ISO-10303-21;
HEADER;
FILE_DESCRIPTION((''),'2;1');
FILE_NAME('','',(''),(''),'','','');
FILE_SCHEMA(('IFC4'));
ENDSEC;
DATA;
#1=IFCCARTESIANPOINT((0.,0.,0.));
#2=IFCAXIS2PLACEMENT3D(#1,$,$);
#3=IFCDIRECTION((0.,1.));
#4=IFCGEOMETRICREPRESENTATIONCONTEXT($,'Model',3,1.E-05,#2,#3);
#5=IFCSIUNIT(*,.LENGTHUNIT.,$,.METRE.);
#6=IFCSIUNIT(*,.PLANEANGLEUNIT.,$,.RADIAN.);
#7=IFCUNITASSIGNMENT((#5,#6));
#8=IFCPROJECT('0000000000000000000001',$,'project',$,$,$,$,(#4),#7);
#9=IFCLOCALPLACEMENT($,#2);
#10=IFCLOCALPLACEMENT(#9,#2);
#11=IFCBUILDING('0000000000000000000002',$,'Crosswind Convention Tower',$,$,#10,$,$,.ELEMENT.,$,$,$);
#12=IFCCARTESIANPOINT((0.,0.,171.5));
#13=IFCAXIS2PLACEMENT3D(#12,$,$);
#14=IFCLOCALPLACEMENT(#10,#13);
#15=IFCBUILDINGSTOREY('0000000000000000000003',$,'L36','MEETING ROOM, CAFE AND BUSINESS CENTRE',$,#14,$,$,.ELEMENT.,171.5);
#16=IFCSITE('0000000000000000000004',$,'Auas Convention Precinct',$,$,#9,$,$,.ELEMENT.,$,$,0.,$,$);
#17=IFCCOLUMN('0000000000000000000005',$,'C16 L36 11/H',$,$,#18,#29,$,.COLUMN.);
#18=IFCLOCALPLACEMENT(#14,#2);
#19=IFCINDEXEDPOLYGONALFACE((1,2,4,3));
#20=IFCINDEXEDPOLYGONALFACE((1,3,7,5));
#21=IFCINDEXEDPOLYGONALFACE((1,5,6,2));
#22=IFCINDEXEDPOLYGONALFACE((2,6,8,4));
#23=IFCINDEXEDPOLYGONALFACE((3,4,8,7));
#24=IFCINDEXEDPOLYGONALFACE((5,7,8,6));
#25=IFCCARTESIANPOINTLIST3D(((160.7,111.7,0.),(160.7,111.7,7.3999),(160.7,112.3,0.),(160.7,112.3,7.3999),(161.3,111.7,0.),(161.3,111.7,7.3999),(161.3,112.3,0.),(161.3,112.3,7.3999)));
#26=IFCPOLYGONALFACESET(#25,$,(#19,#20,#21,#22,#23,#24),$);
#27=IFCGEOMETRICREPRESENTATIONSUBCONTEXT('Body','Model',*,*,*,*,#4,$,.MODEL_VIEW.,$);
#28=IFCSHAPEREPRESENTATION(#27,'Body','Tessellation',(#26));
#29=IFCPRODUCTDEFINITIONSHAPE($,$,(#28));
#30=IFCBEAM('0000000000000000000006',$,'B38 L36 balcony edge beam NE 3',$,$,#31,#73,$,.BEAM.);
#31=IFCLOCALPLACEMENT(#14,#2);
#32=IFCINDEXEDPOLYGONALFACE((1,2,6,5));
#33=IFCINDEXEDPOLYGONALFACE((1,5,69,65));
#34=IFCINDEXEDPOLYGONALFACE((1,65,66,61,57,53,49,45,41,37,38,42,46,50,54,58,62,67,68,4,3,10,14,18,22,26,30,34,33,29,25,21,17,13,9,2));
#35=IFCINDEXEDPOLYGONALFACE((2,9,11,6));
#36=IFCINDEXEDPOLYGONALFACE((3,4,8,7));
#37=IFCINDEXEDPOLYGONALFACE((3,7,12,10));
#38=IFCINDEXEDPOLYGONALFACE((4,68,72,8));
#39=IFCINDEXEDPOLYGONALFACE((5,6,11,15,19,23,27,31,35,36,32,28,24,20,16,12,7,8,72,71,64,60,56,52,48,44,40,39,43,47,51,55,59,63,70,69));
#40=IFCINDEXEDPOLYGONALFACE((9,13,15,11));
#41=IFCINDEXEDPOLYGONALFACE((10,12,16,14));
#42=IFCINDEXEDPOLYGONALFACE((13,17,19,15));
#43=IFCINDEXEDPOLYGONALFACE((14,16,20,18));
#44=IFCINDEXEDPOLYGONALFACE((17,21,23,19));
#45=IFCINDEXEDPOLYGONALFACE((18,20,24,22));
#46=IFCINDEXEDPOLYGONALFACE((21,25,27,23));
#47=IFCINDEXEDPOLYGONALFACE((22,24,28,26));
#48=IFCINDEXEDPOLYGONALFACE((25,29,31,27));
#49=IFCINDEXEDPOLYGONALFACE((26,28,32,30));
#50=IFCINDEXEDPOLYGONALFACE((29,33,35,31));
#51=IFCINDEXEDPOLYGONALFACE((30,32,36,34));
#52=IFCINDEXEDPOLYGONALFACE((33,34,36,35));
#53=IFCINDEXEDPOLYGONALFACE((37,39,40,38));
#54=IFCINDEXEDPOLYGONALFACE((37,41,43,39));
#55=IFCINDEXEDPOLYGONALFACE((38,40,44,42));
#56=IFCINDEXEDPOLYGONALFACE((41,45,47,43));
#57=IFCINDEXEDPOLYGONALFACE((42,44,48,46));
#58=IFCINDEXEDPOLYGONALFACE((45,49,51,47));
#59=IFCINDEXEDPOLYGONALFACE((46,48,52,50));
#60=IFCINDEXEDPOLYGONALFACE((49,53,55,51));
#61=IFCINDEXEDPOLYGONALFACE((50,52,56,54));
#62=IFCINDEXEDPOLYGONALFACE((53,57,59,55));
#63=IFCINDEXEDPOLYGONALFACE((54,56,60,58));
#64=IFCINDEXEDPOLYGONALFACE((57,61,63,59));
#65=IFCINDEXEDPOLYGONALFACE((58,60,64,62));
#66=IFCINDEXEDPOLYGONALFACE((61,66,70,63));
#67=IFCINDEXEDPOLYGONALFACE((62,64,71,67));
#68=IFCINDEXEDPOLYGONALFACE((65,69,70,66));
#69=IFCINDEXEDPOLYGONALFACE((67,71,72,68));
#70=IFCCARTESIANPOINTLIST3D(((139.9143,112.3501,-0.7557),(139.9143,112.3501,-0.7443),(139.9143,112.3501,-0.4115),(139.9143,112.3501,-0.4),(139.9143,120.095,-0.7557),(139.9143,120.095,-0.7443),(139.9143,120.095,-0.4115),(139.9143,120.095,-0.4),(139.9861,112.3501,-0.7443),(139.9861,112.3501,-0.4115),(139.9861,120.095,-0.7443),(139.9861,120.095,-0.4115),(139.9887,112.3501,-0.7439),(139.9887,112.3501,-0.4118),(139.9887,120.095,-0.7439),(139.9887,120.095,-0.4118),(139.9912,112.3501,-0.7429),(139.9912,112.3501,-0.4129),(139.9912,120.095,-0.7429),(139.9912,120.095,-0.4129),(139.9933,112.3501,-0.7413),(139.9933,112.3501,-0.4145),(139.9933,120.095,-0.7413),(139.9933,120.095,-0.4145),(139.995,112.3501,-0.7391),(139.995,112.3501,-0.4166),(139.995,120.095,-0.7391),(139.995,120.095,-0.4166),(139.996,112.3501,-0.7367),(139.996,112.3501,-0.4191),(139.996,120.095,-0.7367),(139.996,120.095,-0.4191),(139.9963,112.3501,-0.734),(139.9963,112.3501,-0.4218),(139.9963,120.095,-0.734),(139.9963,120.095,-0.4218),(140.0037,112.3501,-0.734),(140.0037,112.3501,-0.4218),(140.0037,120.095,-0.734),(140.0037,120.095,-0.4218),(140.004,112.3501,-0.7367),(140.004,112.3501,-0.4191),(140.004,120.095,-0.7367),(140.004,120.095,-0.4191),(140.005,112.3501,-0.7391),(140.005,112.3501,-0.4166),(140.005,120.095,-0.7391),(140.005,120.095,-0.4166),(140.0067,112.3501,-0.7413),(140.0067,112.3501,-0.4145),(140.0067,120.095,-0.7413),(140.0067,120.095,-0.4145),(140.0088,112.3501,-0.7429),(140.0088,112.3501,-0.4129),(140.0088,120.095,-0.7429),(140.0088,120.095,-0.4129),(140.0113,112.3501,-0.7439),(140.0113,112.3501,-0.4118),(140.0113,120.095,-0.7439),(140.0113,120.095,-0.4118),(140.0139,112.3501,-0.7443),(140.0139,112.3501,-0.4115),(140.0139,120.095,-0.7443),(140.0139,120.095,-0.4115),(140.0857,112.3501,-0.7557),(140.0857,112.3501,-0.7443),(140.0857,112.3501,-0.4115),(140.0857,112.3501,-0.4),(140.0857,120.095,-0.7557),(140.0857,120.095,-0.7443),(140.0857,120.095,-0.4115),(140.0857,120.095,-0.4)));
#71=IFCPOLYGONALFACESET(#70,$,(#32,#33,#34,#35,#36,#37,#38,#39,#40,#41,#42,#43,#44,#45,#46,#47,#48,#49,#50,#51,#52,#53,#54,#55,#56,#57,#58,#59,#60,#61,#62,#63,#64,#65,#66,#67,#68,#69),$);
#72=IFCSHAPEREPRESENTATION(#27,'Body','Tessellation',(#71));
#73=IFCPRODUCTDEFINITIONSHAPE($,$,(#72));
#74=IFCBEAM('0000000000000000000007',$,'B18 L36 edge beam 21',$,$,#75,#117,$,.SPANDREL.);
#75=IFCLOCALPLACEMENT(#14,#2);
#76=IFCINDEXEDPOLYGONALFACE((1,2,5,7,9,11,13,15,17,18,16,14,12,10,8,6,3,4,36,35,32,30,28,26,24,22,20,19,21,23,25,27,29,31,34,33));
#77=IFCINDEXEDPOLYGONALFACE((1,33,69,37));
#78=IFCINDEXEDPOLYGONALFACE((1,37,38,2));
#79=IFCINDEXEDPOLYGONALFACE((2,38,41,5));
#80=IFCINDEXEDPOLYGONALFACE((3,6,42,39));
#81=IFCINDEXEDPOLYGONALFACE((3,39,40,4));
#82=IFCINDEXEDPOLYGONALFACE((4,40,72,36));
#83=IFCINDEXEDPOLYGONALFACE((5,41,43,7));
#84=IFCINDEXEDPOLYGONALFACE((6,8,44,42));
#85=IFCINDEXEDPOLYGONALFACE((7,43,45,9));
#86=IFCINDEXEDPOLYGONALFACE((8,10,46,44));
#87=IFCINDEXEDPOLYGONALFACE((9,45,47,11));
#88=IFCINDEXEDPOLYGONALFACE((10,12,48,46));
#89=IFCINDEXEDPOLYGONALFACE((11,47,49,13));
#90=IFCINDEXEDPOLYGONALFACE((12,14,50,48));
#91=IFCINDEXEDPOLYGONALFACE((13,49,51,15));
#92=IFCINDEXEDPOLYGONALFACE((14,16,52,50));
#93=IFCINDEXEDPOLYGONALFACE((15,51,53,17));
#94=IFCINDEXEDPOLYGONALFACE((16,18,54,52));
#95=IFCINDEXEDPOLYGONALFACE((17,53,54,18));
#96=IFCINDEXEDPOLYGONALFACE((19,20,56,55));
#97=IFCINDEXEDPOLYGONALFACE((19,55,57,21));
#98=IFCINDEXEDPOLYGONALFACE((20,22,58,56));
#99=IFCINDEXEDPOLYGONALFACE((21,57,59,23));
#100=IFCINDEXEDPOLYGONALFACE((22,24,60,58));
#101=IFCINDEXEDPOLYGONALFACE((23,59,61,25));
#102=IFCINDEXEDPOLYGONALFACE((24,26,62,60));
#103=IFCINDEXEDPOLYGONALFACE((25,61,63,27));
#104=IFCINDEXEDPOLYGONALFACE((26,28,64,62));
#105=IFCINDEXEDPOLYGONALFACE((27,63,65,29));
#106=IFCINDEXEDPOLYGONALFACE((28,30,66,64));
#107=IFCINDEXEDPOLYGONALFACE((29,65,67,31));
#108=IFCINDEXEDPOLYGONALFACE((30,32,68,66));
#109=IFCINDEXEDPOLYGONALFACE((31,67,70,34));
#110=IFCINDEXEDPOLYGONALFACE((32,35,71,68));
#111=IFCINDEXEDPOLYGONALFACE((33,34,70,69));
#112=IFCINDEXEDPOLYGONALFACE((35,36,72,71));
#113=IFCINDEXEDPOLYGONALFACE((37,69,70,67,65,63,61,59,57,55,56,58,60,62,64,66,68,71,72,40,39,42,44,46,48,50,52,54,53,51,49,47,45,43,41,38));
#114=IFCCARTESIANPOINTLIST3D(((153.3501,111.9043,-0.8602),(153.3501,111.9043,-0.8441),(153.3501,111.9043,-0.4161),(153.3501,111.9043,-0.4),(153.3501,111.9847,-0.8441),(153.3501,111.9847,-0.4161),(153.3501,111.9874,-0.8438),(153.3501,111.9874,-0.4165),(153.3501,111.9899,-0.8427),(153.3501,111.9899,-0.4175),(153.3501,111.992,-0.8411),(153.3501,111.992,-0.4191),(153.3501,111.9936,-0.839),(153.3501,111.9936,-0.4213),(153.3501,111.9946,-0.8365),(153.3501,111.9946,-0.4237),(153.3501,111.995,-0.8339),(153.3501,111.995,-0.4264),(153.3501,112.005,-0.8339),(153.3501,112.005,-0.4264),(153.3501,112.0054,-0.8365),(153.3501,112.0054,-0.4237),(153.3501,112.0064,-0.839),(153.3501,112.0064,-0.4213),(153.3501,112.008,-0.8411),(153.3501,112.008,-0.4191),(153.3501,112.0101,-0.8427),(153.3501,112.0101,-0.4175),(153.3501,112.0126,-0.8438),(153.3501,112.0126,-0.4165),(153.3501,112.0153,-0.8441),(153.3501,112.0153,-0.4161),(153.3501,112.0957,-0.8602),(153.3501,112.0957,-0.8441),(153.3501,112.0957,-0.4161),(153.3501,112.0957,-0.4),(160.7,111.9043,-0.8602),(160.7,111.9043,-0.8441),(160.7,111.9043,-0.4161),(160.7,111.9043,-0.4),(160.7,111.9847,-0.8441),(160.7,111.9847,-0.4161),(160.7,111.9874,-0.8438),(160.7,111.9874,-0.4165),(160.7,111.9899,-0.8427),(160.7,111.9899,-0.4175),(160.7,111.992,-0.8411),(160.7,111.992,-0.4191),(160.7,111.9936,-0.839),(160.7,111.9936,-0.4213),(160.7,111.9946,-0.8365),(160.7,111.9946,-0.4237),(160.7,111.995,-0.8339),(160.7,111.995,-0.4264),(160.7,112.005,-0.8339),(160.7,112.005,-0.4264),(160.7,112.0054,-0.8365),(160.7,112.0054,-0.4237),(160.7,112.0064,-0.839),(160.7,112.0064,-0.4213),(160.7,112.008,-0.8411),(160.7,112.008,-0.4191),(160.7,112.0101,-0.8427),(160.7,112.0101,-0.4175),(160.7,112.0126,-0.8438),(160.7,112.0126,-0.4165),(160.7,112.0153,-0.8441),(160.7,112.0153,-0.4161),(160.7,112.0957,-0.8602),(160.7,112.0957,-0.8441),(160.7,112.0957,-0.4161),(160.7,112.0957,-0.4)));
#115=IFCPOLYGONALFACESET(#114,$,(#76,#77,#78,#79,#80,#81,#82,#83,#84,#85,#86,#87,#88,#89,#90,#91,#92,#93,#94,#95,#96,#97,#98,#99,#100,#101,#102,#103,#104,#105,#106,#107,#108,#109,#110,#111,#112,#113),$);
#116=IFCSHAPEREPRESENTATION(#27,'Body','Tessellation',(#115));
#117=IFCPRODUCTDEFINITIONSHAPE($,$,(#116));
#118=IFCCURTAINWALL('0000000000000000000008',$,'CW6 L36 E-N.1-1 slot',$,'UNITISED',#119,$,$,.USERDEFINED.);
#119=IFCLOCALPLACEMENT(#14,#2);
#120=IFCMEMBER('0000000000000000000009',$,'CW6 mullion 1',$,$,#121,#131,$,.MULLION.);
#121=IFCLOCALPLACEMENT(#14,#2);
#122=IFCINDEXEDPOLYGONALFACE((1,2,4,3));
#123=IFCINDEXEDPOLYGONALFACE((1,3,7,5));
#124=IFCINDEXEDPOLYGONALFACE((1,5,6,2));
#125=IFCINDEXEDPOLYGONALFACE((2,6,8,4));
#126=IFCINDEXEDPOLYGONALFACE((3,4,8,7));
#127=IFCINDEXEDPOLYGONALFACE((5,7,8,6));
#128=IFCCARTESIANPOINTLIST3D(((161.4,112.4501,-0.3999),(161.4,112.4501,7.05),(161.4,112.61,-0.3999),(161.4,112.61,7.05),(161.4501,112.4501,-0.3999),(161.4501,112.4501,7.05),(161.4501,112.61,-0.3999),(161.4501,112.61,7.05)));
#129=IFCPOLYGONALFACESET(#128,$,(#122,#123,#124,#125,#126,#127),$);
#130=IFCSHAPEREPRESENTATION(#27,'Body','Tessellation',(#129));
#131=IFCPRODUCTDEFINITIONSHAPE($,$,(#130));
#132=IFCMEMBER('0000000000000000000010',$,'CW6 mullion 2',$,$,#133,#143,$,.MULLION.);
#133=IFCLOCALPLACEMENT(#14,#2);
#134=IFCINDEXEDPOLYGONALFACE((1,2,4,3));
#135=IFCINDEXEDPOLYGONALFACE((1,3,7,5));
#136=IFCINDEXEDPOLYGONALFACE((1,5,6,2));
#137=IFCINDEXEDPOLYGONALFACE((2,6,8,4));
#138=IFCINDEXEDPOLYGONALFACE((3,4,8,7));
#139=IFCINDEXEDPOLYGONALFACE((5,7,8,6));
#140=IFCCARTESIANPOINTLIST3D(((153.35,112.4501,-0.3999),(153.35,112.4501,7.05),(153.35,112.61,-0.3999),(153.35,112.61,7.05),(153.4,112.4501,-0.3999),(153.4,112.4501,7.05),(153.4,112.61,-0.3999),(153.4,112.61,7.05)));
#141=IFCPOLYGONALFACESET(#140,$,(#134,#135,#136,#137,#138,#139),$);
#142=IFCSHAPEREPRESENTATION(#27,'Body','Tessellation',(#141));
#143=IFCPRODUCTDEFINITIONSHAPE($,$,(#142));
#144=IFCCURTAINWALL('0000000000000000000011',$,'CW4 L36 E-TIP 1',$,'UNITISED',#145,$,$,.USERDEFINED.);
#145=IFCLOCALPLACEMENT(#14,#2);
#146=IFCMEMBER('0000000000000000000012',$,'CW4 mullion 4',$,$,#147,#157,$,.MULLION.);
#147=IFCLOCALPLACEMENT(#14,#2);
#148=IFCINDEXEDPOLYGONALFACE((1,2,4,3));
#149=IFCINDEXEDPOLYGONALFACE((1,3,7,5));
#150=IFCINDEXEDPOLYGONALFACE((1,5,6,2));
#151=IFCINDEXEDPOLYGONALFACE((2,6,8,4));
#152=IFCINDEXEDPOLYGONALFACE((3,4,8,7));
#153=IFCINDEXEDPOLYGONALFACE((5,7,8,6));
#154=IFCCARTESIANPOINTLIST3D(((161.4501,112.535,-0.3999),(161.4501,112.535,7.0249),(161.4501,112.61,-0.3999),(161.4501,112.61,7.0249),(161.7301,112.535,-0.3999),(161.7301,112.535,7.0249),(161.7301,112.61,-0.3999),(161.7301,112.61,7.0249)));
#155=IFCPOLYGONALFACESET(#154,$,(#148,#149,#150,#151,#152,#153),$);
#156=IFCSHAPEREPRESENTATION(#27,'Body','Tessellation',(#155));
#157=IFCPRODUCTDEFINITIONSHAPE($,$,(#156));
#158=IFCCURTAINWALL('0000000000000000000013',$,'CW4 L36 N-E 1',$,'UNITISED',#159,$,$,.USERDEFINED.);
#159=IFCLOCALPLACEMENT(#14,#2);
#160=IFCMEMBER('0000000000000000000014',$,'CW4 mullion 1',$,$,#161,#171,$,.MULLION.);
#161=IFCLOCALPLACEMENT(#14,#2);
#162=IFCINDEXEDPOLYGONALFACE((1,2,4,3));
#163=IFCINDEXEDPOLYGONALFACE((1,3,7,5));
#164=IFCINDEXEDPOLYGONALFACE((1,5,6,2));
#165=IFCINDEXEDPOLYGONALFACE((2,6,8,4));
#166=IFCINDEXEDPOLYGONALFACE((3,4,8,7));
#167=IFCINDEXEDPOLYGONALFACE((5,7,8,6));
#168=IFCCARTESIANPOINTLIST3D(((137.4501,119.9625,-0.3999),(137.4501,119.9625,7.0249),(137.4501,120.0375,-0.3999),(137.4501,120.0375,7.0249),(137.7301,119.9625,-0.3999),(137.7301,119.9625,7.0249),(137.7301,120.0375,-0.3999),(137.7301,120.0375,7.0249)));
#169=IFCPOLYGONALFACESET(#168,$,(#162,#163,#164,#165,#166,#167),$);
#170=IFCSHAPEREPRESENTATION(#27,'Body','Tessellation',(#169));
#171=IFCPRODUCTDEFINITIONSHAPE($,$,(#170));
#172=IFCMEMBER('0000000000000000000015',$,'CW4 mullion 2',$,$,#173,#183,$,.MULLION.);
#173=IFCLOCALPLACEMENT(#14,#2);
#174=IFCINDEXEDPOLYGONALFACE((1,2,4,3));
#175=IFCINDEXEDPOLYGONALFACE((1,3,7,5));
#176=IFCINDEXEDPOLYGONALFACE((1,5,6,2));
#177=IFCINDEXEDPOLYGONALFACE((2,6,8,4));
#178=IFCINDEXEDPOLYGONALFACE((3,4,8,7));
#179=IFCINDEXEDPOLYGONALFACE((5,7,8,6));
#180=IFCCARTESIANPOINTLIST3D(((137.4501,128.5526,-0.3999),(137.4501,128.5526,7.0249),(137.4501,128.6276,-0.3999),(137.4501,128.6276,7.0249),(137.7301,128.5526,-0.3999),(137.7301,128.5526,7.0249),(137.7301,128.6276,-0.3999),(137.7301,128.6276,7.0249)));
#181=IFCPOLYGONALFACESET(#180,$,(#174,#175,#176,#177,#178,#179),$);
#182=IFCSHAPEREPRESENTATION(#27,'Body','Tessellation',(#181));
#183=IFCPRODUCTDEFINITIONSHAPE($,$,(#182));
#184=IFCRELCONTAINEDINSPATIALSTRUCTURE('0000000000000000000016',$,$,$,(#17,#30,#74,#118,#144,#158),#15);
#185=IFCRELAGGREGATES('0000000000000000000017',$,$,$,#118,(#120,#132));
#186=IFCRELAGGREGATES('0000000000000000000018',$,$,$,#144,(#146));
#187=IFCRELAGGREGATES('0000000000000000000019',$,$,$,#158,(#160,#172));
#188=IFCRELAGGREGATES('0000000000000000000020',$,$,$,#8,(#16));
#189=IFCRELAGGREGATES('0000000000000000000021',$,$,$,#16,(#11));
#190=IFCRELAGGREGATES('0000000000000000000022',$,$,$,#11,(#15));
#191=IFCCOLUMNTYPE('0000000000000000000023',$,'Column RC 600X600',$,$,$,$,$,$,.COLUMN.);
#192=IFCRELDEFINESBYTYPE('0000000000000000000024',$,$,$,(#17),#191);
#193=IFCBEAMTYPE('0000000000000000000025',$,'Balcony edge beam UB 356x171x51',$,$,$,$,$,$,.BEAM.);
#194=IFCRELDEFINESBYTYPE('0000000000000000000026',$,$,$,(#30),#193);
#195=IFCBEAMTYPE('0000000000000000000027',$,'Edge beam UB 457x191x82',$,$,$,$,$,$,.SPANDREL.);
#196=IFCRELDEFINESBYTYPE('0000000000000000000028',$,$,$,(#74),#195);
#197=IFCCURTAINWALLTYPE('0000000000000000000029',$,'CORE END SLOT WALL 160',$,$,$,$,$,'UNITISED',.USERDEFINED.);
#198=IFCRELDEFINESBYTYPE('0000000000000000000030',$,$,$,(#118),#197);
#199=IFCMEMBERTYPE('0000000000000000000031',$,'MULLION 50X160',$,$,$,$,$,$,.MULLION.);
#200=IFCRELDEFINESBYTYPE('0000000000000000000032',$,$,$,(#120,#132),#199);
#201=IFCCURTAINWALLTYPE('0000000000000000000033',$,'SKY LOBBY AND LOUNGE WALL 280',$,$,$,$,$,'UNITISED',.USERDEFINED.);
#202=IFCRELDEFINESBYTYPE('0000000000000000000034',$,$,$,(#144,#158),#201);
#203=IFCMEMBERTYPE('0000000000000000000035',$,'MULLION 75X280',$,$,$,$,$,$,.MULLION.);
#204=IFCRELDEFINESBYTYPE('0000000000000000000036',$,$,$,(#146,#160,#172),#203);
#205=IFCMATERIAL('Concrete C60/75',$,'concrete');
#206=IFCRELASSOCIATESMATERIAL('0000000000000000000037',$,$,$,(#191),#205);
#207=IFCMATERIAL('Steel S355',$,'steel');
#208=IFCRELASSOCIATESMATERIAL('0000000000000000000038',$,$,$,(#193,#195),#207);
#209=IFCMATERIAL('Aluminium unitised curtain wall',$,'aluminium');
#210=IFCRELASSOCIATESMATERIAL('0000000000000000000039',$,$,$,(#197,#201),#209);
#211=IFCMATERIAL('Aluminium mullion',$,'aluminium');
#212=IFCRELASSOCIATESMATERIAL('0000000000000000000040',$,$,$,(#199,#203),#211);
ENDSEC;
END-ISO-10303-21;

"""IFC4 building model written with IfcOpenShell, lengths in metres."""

from ifc_helpers import new_model, si_unit, direction, frame, origin, origin_2d, place, context, subcontext, project, spatial, rectangle, i_section, extrude, material, material_profile, profile_set, type_object, element, aggregate, save


model = new_model("IFC4")

# Units and contexts
model_context = context("Model", 3, precision=1e-05, world=origin(), true_north=direction((0.0, 1.0)))
body_context = subcontext(model_context, "Body", "Model", "MODEL_VIEW")
ifc_project = project(units=[si_unit("LENGTHUNIT", "METRE"), si_unit("PLANEANGLEUNIT", "RADIAN")], contexts=[model_context])

# Site, building, storey
site_placement = place(None, origin())
site = spatial("IfcSite", under=ifc_project, at=site_placement, Name="Auas Convention Precinct", CompositionType="ELEMENT", RefElevation=0.0)
building_placement = place(site_placement, origin())
building = spatial("IfcBuilding", under=site, at=building_placement, Name="Crosswind Convention Tower", CompositionType="ELEMENT")
storey_placement = place(building_placement, frame((0.0, 0.0, 171.5)))
storey = spatial("IfcBuildingStorey", under=building, at=storey_placement, Name="L36", Description="MEETING ROOM, CAFE AND BUSINESS CENTRE", CompositionType="ELEMENT", Elevation=171.5)

# Column
ifc_material_1 = material(Name="Concrete C60/75", Category="concrete")
ifc_material_profile_1 = material_profile(ifc_material_1, rectangle(XDim=0.6001, YDim=0.6001, at=origin_2d()), Name="RC 600X600")
ifc_profile_set_1 = profile_set([ifc_material_profile_1], Name="Concrete C60/75")
column_type = type_object("IfcColumnType", Name="Column RC 600X600", PredefinedType="COLUMN", material=ifc_profile_set_1)
column_placement = place(storey_placement, frame((161.0, 112.0, 0.0), z_axis=(0.0, 0.0, 1.0), x_axis=(1.0, 0.0, 0.0)))
element("IfcColumn", 1, at=column_placement, inside=storey, type_object=column_type, Name="C16 L36 11/H", PredefinedType="COLUMN", context=body_context, shape_type="SweptSolid", body=[
    extrude(rectangle(XDim=0.6001, YDim=0.6001, at=origin_2d()), origin(), (0.0, 0.0, 1.0), 7.3999),
])

# Beams
ifc_material_2 = material(Name="Steel S355", Category="steel")
ifc_material_profile_2 = material_profile(ifc_material_2, i_section(OverallWidth=0.1714, OverallDepth=0.3557, WebThickness=0.0073, FlangeThickness=0.0115, FilletRadius=0.0103, at=origin_2d()), Name="UB 356x171x51")
ifc_profile_set_2 = profile_set([ifc_material_profile_2], Name="Steel S355")
beam_type_1 = type_object("IfcBeamType", Name="Balcony edge beam UB 356x171x51", PredefinedType="BEAM", material=ifc_profile_set_2)
beam_1_placement = place(storey_placement, frame((140.0, 112.3501, -0.5779), z_axis=(0.0, 1.0, 0.0), x_axis=(-1.0, 0.0, 0.0)))
element("IfcBeam", 2, at=beam_1_placement, inside=storey, type_object=beam_type_1, Name="B38 L36 balcony edge beam NE 3", PredefinedType="BEAM", context=body_context, shape_type="SweptSolid", body=[
    extrude(i_section(OverallWidth=0.1714, OverallDepth=0.3557, WebThickness=0.0073, FlangeThickness=0.0115, FilletRadius=0.0103, at=origin_2d()), origin(), (0.0, 0.0, 1.0), 7.7449),
])
ifc_material_profile_3 = material_profile(ifc_material_2, i_section(OverallWidth=0.1914, OverallDepth=0.4602, WebThickness=0.01, FlangeThickness=0.0161, FilletRadius=0.0103, at=origin_2d()), Name="UB 457x191x82")
ifc_profile_set_3 = profile_set([ifc_material_profile_3], Name="Steel S355")
beam_type_2 = type_object("IfcBeamType", Name="Edge beam UB 457x191x82", PredefinedType="SPANDREL", material=ifc_profile_set_3)
beam_2_placement = place(storey_placement, frame((153.3501, 112.0, -0.6301), z_axis=(1.0, 0.0, 0.0), x_axis=(0.0, 1.0, 0.0)))
element("IfcBeam", 3, at=beam_2_placement, inside=storey, type_object=beam_type_2, Name="B18 L36 edge beam 21", PredefinedType="SPANDREL", context=body_context, shape_type="SweptSolid", body=[
    extrude(i_section(OverallWidth=0.1914, OverallDepth=0.4602, WebThickness=0.01, FlangeThickness=0.0161, FilletRadius=0.0103, at=origin_2d()), origin(), (0.0, 0.0, 1.0), 7.3499),
])

# Curtain wall, members
ifc_material_3 = material(Name="Aluminium unitised curtain wall", Category="aluminium")
curtain_wall_type_1 = type_object("IfcCurtainWallType", Name="CORE END SLOT WALL 160", ElementType="UNITISED", PredefinedType="USERDEFINED", material=ifc_material_3)
curtain_wall_1_placement = place(storey_placement, origin())
curtain_wall_1 = element("IfcCurtainWall", 4, at=curtain_wall_1_placement, inside=storey, type_object=curtain_wall_type_1, Name="CW6 L36 E-N.1-1 slot", ObjectType="UNITISED", PredefinedType="USERDEFINED")
ifc_material_4 = material(Name="Aluminium mullion", Category="aluminium")
ifc_material_profile_4 = material_profile(ifc_material_4, rectangle(XDim=0.1599, YDim=0.05, at=origin_2d()), Name="AL 160X50")
ifc_profile_set_4 = profile_set([ifc_material_profile_4], Name="Aluminium mullion")
member_type_1 = type_object("IfcMemberType", Name="MULLION 50X160", PredefinedType="MULLION", material=ifc_profile_set_4)
member_1_placement = place(storey_placement, frame((161.425, 112.53, -0.3999), z_axis=(0.0, 0.0, 1.0), x_axis=(0.0, 1.0, 0.0)))
member_1 = element("IfcMember", 5, at=member_1_placement, type_object=member_type_1, Name="CW6 mullion 1", PredefinedType="MULLION", context=body_context, shape_type="SweptSolid", body=[
    extrude(rectangle(XDim=0.1599, YDim=0.05, at=origin_2d()), origin(), (0.0, 0.0, 1.0), 7.45),
])
member_2_placement = place(storey_placement, frame((153.375, 112.53, -0.3999), z_axis=(0.0, 0.0, 1.0), x_axis=(0.0, 1.0, 0.0)))
member_2 = element("IfcMember", 6, at=member_2_placement, type_object=member_type_1, Name="CW6 mullion 2", PredefinedType="MULLION", context=body_context, shape_type="SweptSolid", body=[
    extrude(rectangle(XDim=0.1599, YDim=0.05, at=origin_2d()), origin(), (0.0, 0.0, 1.0), 7.45),
])

# Curtain wall, member
curtain_wall_type_2 = type_object("IfcCurtainWallType", Name="SKY LOBBY AND LOUNGE WALL 280", ElementType="UNITISED", PredefinedType="USERDEFINED", material=ifc_material_3)
curtain_wall_2_placement = place(storey_placement, origin())
curtain_wall_2 = element("IfcCurtainWall", 7, at=curtain_wall_2_placement, inside=storey, type_object=curtain_wall_type_2, Name="CW4 L36 E-TIP 1", ObjectType="UNITISED", PredefinedType="USERDEFINED")
ifc_material_profile_5 = material_profile(ifc_material_4, rectangle(XDim=0.28, YDim=0.075, at=origin_2d()), Name="AL 280X75")
ifc_profile_set_5 = profile_set([ifc_material_profile_5], Name="Aluminium mullion")
member_type_2 = type_object("IfcMemberType", Name="MULLION 75X280", PredefinedType="MULLION", material=ifc_profile_set_5)
member_3_placement = place(storey_placement, frame((161.5901, 112.5725, -0.3999), z_axis=(0.0, 0.0, 1.0), x_axis=(1.0, 0.0, 0.0)))
member_3 = element("IfcMember", 8, at=member_3_placement, type_object=member_type_2, Name="CW4 mullion 4", PredefinedType="MULLION", context=body_context, shape_type="SweptSolid", body=[
    extrude(rectangle(XDim=0.28, YDim=0.075, at=origin_2d()), origin(), (0.0, 0.0, 1.0), 7.4248),
])

# Curtain wall, members
curtain_wall_3_placement = place(storey_placement, origin())
curtain_wall_3 = element("IfcCurtainWall", 9, at=curtain_wall_3_placement, inside=storey, type_object=curtain_wall_type_2, Name="CW4 L36 N-E 1", ObjectType="UNITISED", PredefinedType="USERDEFINED")
member_4_placement = place(storey_placement, frame((137.5901, 120.0, -0.3999), z_axis=(0.0, 0.0, 1.0), x_axis=(1.0, 0.0, 0.0)))
member_4 = element("IfcMember", 10, at=member_4_placement, type_object=member_type_2, Name="CW4 mullion 1", PredefinedType="MULLION", context=body_context, shape_type="SweptSolid", body=[
    extrude(rectangle(XDim=0.28, YDim=0.075, at=origin_2d()), origin(), (0.0, 0.0, 1.0), 7.4248),
])
member_5_placement = place(storey_placement, frame((137.5901, 128.5901, -0.3999), z_axis=(0.0, 0.0, 1.0), x_axis=(1.0, 0.0, 0.0)))
member_5 = element("IfcMember", 11, at=member_5_placement, type_object=member_type_2, Name="CW4 mullion 2", PredefinedType="MULLION", context=body_context, shape_type="SweptSolid", body=[
    extrude(rectangle(XDim=0.28, YDim=0.075, at=origin_2d()), origin(), (0.0, 0.0, 1.0), 7.4248),
])

aggregate(curtain_wall_1, [member_1, member_2])
aggregate(curtain_wall_2, [member_3])

aggregate(curtain_wall_3, [member_4, member_5])

save(model, "model.ifc")
